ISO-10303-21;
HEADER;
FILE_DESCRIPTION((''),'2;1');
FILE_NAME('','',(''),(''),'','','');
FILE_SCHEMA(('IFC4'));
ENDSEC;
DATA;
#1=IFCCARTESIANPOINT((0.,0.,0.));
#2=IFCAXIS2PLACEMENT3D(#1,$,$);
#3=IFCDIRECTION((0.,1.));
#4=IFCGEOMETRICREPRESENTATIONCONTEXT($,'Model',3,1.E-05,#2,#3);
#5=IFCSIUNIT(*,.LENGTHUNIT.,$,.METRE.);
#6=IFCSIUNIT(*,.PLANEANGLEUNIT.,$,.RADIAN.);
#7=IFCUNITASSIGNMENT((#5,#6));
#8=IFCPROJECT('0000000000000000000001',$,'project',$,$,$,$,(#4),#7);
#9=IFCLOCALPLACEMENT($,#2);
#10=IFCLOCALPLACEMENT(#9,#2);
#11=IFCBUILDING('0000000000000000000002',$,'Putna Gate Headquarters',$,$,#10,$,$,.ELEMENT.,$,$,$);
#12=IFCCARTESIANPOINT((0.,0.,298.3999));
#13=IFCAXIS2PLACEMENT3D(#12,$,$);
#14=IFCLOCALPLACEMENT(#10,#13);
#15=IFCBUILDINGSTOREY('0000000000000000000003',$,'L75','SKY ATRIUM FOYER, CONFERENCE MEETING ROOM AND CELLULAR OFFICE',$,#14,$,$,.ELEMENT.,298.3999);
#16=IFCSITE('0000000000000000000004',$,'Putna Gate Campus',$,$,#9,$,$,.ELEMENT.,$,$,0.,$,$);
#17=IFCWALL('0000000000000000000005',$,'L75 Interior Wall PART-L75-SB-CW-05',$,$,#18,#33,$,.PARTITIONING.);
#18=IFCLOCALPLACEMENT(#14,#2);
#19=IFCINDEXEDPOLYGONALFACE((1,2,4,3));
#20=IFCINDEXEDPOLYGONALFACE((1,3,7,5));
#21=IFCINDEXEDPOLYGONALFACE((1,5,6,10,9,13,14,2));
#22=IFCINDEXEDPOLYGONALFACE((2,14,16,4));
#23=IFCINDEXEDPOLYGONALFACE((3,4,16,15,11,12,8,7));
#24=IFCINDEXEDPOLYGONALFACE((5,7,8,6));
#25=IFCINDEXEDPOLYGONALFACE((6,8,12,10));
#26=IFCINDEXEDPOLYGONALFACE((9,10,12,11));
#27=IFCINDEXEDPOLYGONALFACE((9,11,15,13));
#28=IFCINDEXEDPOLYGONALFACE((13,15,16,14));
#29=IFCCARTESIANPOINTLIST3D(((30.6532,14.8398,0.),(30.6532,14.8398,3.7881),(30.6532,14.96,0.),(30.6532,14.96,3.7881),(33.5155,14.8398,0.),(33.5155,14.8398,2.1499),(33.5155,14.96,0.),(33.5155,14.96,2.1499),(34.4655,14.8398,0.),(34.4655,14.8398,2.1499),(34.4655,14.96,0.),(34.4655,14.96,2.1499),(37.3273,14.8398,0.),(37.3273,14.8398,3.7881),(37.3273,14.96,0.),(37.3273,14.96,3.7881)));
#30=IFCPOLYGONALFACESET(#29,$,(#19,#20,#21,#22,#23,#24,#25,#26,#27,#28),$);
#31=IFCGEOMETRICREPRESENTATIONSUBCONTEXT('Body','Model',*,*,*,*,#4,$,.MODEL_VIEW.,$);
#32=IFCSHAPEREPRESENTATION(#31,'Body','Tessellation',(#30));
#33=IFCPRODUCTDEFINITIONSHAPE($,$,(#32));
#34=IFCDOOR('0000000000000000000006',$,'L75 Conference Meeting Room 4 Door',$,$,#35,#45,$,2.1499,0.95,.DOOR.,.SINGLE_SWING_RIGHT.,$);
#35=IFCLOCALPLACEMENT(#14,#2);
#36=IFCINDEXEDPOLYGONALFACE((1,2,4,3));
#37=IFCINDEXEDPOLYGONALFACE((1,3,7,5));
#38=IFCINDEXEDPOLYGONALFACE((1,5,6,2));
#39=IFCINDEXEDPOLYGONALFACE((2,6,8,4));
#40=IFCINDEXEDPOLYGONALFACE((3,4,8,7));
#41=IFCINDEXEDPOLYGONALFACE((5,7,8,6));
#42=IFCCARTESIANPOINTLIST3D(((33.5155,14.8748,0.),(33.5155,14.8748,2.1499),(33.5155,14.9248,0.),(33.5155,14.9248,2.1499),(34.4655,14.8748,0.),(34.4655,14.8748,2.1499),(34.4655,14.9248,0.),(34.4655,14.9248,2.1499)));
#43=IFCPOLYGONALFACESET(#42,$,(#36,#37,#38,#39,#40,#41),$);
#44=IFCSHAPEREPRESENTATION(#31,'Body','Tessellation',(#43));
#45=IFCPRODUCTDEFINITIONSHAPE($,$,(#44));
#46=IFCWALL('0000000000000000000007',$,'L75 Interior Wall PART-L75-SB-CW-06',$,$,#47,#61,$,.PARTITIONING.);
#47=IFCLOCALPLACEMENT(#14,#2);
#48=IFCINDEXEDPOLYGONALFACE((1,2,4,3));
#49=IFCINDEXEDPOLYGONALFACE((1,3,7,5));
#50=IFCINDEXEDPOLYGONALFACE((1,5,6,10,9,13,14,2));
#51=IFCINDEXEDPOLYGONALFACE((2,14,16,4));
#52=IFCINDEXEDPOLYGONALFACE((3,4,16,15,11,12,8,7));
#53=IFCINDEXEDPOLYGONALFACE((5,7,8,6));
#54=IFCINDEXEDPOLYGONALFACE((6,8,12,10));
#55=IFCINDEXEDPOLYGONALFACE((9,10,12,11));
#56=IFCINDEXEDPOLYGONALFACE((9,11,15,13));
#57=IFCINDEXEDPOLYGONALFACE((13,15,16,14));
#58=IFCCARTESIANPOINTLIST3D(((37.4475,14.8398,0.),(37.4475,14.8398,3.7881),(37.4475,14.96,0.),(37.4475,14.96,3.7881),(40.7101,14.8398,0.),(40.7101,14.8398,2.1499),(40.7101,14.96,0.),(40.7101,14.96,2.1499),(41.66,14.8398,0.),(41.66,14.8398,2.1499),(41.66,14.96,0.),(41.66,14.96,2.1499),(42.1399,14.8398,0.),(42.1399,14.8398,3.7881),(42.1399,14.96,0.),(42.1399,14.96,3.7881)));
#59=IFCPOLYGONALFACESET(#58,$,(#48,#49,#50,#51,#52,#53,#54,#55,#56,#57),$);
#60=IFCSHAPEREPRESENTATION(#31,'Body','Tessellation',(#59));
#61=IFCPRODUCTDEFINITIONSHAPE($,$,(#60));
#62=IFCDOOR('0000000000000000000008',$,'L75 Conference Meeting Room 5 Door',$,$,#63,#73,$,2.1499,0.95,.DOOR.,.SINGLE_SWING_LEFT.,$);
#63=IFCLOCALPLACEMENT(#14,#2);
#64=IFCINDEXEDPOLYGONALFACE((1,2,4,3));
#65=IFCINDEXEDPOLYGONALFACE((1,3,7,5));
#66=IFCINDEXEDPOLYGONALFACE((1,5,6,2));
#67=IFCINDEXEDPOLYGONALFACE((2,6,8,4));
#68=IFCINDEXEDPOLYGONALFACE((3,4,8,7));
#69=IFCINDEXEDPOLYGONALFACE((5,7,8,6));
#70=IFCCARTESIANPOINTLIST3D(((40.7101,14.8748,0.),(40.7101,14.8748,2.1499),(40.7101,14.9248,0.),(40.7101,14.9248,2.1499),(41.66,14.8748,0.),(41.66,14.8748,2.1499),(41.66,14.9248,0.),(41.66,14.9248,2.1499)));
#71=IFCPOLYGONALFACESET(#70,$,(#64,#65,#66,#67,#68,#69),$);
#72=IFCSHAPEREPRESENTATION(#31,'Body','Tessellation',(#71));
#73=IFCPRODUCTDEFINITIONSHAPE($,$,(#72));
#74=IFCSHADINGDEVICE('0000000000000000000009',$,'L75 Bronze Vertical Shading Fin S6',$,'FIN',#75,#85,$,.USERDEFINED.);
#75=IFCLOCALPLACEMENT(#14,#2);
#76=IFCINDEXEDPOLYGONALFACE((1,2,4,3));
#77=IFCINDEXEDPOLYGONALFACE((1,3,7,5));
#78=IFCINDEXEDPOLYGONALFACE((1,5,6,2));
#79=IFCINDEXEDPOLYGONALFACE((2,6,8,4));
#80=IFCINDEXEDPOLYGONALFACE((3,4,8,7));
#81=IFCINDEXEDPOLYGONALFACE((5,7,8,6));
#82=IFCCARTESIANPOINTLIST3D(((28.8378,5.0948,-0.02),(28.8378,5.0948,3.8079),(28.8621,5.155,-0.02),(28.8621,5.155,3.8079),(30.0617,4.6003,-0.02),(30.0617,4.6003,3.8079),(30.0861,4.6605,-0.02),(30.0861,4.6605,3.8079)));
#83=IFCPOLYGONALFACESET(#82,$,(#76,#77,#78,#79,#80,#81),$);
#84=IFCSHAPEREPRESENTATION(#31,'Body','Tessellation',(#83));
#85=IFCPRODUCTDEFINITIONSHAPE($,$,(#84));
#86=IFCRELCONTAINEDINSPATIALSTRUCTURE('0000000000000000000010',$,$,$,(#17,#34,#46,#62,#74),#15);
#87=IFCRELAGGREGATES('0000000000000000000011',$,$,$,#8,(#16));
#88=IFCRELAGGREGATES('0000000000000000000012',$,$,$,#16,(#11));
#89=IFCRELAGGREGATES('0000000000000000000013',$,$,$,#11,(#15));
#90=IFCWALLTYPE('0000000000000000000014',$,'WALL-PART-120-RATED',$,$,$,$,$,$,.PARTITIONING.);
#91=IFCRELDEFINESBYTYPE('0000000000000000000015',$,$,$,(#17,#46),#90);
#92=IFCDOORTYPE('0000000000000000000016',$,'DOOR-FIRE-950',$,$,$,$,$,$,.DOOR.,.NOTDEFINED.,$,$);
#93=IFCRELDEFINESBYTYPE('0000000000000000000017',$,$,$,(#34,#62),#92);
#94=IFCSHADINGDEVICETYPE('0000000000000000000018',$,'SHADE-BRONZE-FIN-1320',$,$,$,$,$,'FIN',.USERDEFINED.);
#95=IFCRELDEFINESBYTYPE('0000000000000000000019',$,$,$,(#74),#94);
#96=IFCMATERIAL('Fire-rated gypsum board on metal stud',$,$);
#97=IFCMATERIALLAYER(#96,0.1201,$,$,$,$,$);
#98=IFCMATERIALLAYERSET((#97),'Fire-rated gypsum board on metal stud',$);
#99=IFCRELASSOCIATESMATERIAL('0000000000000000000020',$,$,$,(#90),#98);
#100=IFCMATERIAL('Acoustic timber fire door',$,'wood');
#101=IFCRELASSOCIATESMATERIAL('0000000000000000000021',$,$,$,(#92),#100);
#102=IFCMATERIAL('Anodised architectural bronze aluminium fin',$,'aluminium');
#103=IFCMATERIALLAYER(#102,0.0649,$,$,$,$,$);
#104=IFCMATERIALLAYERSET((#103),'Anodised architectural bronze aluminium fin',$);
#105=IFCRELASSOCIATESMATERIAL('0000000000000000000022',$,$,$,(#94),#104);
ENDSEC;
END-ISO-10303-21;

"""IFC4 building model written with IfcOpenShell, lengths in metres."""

from ifc_helpers import new_model, si_unit, direction, frame, frame_2d, origin, origin_2d, place, context, subcontext, project, spatial, rectangle, extrude, material, layer, layer_set, type_object, element, fill, save


model = new_model("IFC4")

# Units and contexts
model_context = context("Model", 3, precision=1e-05, world=origin(), true_north=direction((0.0, 1.0)))
body_context = subcontext(model_context, "Body", "Model", "MODEL_VIEW")
ifc_project = project(units=[si_unit("LENGTHUNIT", "METRE"), si_unit("PLANEANGLEUNIT", "RADIAN")], contexts=[model_context])

# Site, building, storey
site_placement = place(None, origin())
site = spatial("IfcSite", under=ifc_project, at=site_placement, Name="Putna Gate Campus", CompositionType="ELEMENT", RefElevation=0.0)
building_placement = place(site_placement, origin())
building = spatial("IfcBuilding", under=site, at=building_placement, Name="Putna Gate Headquarters", CompositionType="ELEMENT")
storey_placement = place(building_placement, frame((0.0, 0.0, 298.3999)))
storey = spatial("IfcBuildingStorey", under=building, at=storey_placement, Name="L75", Description="SKY ATRIUM FOYER, CONFERENCE MEETING ROOM AND CELLULAR OFFICE", CompositionType="ELEMENT", Elevation=298.3999)

# Walls, openings, doors
ifc_material_1 = material(Name="Fire-rated gypsum board on metal stud")
ifc_layer_1 = layer(ifc_material_1, 0.1201)
ifc_layer_set_1 = layer_set([ifc_layer_1], Name="Fire-rated gypsum board on metal stud")
wall_type_1 = type_object("IfcWallType", Name="WALL-PART-120-RATED", PredefinedType="PARTITIONING", material=ifc_layer_set_1)
wall_1_placement = place(storey_placement, frame((30.6533, 14.8999, 0.0), z_axis=(0.0, 0.0, 1.0), x_axis=(1.0, 0.0, 0.0)))
wall_1 = element("IfcWall", 1, at=wall_1_placement, inside=storey, type_object=wall_type_1, Name="L75 Interior Wall PART-L75-SB-CW-05", PredefinedType="PARTITIONING", context=body_context, shape_type="SweptSolid", body=[
    extrude(rectangle(XDim=6.6741, YDim=0.1201, at=frame_2d((3.3369, 0.0))), origin(), (0.0, 0.0, 1.0), 3.7881),
])
opening_1_placement = place(wall_1_placement, frame((2.8621, 0.0, 0.0)))
opening_1 = element("IfcOpeningElement", 2, at=opening_1_placement, cuts=wall_1, PredefinedType="OPENING", context=body_context, shape_type="SweptSolid", body=[
    extrude(rectangle(XDim=0.95, YDim=2.1499, at=frame_2d((0.4751, 1.075))), frame((0.0, 0.0701, 0.0), z_axis=(0.0, -1.0, 0.0), x_axis=(1.0, 0.0, 0.0)), (0.0, 0.0, 1.0), 0.1401),
])
ifc_material_2 = material(Name="Acoustic timber fire door", Category="wood")
door_type = type_object("IfcDoorType", Name="DOOR-FIRE-950", OperationType="NOTDEFINED", PredefinedType="DOOR", material=ifc_material_2)
door_1_placement = place(opening_1_placement, origin())
door_1 = element("IfcDoor", 3, at=door_1_placement, inside=storey, type_object=door_type, Name="L75 Conference Meeting Room 4 Door", OperationType="SINGLE_SWING_RIGHT", OverallHeight=2.1499, OverallWidth=0.95, PredefinedType="DOOR", context=body_context, shape_type="SweptSolid", body=[
    extrude(rectangle(XDim=0.95, YDim=2.1499, at=frame_2d((0.4751, 1.075))), frame((0.0, 0.0249, 0.0), z_axis=(0.0, -1.0, 0.0), x_axis=(1.0, 0.0, 0.0)), (0.0, 0.0, 1.0), 0.05),
])
fill(opening_1, door_1)
wall_2_placement = place(storey_placement, frame((37.4475, 14.8999, 0.0), z_axis=(0.0, 0.0, 1.0), x_axis=(1.0, 0.0, 0.0)))
wall_2 = element("IfcWall", 4, at=wall_2_placement, inside=storey, type_object=wall_type_1, Name="L75 Interior Wall PART-L75-SB-CW-06", PredefinedType="PARTITIONING", context=body_context, shape_type="SweptSolid", body=[
    extrude(rectangle(XDim=4.6924, YDim=0.1201, at=frame_2d((2.3462, 0.0))), origin(), (0.0, 0.0, 1.0), 3.7881),
])
opening_2_placement = place(wall_2_placement, frame((3.2625, 0.0, 0.0)))
opening_2 = element("IfcOpeningElement", 5, at=opening_2_placement, cuts=wall_2, PredefinedType="OPENING", context=body_context, shape_type="SweptSolid", body=[
    extrude(rectangle(XDim=0.95, YDim=2.1499, at=frame_2d((0.4751, 1.075))), frame((0.0, 0.0701, 0.0), z_axis=(0.0, -1.0, 0.0), x_axis=(1.0, 0.0, 0.0)), (0.0, 0.0, 1.0), 0.1401),
])
door_2_placement = place(opening_2_placement, origin())
door_2 = element("IfcDoor", 6, at=door_2_placement, inside=storey, type_object=door_type, Name="L75 Conference Meeting Room 5 Door", OperationType="SINGLE_SWING_LEFT", OverallHeight=2.1499, OverallWidth=0.95, PredefinedType="DOOR", context=body_context, shape_type="SweptSolid", body=[
    extrude(rectangle(XDim=0.95, YDim=2.1499, at=frame_2d((0.4751, 1.075))), frame((0.0, 0.0249, 0.0), z_axis=(0.0, -1.0, 0.0), x_axis=(1.0, 0.0, 0.0)), (0.0, 0.0, 1.0), 0.05),
])
fill(opening_2, door_2)

# Shading device
ifc_material_3 = material(Name="Anodised architectural bronze aluminium fin", Category="aluminium")
ifc_layer_2 = layer(ifc_material_3, 0.0649)
ifc_layer_set_2 = layer_set([ifc_layer_2], Name="Anodised architectural bronze aluminium fin")
shading_device_type = type_object("IfcShadingDeviceType", Name="SHADE-BRONZE-FIN-1320", ElementType="FIN", PredefinedType="USERDEFINED", material=ifc_layer_set_2)
shading_device_placement = place(storey_placement, frame((29.4619, 4.8777, -0.02), z_axis=(0.0, 0.0, 1.0), x_axis=(0.927184, -0.374607, 0.0)))
element("IfcShadingDevice", 7, at=shading_device_placement, inside=storey, type_object=shading_device_type, Name="L75 Bronze Vertical Shading Fin S6", ObjectType="FIN", PredefinedType="USERDEFINED", context=body_context, shape_type="SweptSolid", body=[
    extrude(rectangle(XDim=1.3201, YDim=0.0649, at=origin_2d()), origin(), (0.0, 0.0, 1.0), 3.8279),
])

save(model, "model.ifc")
